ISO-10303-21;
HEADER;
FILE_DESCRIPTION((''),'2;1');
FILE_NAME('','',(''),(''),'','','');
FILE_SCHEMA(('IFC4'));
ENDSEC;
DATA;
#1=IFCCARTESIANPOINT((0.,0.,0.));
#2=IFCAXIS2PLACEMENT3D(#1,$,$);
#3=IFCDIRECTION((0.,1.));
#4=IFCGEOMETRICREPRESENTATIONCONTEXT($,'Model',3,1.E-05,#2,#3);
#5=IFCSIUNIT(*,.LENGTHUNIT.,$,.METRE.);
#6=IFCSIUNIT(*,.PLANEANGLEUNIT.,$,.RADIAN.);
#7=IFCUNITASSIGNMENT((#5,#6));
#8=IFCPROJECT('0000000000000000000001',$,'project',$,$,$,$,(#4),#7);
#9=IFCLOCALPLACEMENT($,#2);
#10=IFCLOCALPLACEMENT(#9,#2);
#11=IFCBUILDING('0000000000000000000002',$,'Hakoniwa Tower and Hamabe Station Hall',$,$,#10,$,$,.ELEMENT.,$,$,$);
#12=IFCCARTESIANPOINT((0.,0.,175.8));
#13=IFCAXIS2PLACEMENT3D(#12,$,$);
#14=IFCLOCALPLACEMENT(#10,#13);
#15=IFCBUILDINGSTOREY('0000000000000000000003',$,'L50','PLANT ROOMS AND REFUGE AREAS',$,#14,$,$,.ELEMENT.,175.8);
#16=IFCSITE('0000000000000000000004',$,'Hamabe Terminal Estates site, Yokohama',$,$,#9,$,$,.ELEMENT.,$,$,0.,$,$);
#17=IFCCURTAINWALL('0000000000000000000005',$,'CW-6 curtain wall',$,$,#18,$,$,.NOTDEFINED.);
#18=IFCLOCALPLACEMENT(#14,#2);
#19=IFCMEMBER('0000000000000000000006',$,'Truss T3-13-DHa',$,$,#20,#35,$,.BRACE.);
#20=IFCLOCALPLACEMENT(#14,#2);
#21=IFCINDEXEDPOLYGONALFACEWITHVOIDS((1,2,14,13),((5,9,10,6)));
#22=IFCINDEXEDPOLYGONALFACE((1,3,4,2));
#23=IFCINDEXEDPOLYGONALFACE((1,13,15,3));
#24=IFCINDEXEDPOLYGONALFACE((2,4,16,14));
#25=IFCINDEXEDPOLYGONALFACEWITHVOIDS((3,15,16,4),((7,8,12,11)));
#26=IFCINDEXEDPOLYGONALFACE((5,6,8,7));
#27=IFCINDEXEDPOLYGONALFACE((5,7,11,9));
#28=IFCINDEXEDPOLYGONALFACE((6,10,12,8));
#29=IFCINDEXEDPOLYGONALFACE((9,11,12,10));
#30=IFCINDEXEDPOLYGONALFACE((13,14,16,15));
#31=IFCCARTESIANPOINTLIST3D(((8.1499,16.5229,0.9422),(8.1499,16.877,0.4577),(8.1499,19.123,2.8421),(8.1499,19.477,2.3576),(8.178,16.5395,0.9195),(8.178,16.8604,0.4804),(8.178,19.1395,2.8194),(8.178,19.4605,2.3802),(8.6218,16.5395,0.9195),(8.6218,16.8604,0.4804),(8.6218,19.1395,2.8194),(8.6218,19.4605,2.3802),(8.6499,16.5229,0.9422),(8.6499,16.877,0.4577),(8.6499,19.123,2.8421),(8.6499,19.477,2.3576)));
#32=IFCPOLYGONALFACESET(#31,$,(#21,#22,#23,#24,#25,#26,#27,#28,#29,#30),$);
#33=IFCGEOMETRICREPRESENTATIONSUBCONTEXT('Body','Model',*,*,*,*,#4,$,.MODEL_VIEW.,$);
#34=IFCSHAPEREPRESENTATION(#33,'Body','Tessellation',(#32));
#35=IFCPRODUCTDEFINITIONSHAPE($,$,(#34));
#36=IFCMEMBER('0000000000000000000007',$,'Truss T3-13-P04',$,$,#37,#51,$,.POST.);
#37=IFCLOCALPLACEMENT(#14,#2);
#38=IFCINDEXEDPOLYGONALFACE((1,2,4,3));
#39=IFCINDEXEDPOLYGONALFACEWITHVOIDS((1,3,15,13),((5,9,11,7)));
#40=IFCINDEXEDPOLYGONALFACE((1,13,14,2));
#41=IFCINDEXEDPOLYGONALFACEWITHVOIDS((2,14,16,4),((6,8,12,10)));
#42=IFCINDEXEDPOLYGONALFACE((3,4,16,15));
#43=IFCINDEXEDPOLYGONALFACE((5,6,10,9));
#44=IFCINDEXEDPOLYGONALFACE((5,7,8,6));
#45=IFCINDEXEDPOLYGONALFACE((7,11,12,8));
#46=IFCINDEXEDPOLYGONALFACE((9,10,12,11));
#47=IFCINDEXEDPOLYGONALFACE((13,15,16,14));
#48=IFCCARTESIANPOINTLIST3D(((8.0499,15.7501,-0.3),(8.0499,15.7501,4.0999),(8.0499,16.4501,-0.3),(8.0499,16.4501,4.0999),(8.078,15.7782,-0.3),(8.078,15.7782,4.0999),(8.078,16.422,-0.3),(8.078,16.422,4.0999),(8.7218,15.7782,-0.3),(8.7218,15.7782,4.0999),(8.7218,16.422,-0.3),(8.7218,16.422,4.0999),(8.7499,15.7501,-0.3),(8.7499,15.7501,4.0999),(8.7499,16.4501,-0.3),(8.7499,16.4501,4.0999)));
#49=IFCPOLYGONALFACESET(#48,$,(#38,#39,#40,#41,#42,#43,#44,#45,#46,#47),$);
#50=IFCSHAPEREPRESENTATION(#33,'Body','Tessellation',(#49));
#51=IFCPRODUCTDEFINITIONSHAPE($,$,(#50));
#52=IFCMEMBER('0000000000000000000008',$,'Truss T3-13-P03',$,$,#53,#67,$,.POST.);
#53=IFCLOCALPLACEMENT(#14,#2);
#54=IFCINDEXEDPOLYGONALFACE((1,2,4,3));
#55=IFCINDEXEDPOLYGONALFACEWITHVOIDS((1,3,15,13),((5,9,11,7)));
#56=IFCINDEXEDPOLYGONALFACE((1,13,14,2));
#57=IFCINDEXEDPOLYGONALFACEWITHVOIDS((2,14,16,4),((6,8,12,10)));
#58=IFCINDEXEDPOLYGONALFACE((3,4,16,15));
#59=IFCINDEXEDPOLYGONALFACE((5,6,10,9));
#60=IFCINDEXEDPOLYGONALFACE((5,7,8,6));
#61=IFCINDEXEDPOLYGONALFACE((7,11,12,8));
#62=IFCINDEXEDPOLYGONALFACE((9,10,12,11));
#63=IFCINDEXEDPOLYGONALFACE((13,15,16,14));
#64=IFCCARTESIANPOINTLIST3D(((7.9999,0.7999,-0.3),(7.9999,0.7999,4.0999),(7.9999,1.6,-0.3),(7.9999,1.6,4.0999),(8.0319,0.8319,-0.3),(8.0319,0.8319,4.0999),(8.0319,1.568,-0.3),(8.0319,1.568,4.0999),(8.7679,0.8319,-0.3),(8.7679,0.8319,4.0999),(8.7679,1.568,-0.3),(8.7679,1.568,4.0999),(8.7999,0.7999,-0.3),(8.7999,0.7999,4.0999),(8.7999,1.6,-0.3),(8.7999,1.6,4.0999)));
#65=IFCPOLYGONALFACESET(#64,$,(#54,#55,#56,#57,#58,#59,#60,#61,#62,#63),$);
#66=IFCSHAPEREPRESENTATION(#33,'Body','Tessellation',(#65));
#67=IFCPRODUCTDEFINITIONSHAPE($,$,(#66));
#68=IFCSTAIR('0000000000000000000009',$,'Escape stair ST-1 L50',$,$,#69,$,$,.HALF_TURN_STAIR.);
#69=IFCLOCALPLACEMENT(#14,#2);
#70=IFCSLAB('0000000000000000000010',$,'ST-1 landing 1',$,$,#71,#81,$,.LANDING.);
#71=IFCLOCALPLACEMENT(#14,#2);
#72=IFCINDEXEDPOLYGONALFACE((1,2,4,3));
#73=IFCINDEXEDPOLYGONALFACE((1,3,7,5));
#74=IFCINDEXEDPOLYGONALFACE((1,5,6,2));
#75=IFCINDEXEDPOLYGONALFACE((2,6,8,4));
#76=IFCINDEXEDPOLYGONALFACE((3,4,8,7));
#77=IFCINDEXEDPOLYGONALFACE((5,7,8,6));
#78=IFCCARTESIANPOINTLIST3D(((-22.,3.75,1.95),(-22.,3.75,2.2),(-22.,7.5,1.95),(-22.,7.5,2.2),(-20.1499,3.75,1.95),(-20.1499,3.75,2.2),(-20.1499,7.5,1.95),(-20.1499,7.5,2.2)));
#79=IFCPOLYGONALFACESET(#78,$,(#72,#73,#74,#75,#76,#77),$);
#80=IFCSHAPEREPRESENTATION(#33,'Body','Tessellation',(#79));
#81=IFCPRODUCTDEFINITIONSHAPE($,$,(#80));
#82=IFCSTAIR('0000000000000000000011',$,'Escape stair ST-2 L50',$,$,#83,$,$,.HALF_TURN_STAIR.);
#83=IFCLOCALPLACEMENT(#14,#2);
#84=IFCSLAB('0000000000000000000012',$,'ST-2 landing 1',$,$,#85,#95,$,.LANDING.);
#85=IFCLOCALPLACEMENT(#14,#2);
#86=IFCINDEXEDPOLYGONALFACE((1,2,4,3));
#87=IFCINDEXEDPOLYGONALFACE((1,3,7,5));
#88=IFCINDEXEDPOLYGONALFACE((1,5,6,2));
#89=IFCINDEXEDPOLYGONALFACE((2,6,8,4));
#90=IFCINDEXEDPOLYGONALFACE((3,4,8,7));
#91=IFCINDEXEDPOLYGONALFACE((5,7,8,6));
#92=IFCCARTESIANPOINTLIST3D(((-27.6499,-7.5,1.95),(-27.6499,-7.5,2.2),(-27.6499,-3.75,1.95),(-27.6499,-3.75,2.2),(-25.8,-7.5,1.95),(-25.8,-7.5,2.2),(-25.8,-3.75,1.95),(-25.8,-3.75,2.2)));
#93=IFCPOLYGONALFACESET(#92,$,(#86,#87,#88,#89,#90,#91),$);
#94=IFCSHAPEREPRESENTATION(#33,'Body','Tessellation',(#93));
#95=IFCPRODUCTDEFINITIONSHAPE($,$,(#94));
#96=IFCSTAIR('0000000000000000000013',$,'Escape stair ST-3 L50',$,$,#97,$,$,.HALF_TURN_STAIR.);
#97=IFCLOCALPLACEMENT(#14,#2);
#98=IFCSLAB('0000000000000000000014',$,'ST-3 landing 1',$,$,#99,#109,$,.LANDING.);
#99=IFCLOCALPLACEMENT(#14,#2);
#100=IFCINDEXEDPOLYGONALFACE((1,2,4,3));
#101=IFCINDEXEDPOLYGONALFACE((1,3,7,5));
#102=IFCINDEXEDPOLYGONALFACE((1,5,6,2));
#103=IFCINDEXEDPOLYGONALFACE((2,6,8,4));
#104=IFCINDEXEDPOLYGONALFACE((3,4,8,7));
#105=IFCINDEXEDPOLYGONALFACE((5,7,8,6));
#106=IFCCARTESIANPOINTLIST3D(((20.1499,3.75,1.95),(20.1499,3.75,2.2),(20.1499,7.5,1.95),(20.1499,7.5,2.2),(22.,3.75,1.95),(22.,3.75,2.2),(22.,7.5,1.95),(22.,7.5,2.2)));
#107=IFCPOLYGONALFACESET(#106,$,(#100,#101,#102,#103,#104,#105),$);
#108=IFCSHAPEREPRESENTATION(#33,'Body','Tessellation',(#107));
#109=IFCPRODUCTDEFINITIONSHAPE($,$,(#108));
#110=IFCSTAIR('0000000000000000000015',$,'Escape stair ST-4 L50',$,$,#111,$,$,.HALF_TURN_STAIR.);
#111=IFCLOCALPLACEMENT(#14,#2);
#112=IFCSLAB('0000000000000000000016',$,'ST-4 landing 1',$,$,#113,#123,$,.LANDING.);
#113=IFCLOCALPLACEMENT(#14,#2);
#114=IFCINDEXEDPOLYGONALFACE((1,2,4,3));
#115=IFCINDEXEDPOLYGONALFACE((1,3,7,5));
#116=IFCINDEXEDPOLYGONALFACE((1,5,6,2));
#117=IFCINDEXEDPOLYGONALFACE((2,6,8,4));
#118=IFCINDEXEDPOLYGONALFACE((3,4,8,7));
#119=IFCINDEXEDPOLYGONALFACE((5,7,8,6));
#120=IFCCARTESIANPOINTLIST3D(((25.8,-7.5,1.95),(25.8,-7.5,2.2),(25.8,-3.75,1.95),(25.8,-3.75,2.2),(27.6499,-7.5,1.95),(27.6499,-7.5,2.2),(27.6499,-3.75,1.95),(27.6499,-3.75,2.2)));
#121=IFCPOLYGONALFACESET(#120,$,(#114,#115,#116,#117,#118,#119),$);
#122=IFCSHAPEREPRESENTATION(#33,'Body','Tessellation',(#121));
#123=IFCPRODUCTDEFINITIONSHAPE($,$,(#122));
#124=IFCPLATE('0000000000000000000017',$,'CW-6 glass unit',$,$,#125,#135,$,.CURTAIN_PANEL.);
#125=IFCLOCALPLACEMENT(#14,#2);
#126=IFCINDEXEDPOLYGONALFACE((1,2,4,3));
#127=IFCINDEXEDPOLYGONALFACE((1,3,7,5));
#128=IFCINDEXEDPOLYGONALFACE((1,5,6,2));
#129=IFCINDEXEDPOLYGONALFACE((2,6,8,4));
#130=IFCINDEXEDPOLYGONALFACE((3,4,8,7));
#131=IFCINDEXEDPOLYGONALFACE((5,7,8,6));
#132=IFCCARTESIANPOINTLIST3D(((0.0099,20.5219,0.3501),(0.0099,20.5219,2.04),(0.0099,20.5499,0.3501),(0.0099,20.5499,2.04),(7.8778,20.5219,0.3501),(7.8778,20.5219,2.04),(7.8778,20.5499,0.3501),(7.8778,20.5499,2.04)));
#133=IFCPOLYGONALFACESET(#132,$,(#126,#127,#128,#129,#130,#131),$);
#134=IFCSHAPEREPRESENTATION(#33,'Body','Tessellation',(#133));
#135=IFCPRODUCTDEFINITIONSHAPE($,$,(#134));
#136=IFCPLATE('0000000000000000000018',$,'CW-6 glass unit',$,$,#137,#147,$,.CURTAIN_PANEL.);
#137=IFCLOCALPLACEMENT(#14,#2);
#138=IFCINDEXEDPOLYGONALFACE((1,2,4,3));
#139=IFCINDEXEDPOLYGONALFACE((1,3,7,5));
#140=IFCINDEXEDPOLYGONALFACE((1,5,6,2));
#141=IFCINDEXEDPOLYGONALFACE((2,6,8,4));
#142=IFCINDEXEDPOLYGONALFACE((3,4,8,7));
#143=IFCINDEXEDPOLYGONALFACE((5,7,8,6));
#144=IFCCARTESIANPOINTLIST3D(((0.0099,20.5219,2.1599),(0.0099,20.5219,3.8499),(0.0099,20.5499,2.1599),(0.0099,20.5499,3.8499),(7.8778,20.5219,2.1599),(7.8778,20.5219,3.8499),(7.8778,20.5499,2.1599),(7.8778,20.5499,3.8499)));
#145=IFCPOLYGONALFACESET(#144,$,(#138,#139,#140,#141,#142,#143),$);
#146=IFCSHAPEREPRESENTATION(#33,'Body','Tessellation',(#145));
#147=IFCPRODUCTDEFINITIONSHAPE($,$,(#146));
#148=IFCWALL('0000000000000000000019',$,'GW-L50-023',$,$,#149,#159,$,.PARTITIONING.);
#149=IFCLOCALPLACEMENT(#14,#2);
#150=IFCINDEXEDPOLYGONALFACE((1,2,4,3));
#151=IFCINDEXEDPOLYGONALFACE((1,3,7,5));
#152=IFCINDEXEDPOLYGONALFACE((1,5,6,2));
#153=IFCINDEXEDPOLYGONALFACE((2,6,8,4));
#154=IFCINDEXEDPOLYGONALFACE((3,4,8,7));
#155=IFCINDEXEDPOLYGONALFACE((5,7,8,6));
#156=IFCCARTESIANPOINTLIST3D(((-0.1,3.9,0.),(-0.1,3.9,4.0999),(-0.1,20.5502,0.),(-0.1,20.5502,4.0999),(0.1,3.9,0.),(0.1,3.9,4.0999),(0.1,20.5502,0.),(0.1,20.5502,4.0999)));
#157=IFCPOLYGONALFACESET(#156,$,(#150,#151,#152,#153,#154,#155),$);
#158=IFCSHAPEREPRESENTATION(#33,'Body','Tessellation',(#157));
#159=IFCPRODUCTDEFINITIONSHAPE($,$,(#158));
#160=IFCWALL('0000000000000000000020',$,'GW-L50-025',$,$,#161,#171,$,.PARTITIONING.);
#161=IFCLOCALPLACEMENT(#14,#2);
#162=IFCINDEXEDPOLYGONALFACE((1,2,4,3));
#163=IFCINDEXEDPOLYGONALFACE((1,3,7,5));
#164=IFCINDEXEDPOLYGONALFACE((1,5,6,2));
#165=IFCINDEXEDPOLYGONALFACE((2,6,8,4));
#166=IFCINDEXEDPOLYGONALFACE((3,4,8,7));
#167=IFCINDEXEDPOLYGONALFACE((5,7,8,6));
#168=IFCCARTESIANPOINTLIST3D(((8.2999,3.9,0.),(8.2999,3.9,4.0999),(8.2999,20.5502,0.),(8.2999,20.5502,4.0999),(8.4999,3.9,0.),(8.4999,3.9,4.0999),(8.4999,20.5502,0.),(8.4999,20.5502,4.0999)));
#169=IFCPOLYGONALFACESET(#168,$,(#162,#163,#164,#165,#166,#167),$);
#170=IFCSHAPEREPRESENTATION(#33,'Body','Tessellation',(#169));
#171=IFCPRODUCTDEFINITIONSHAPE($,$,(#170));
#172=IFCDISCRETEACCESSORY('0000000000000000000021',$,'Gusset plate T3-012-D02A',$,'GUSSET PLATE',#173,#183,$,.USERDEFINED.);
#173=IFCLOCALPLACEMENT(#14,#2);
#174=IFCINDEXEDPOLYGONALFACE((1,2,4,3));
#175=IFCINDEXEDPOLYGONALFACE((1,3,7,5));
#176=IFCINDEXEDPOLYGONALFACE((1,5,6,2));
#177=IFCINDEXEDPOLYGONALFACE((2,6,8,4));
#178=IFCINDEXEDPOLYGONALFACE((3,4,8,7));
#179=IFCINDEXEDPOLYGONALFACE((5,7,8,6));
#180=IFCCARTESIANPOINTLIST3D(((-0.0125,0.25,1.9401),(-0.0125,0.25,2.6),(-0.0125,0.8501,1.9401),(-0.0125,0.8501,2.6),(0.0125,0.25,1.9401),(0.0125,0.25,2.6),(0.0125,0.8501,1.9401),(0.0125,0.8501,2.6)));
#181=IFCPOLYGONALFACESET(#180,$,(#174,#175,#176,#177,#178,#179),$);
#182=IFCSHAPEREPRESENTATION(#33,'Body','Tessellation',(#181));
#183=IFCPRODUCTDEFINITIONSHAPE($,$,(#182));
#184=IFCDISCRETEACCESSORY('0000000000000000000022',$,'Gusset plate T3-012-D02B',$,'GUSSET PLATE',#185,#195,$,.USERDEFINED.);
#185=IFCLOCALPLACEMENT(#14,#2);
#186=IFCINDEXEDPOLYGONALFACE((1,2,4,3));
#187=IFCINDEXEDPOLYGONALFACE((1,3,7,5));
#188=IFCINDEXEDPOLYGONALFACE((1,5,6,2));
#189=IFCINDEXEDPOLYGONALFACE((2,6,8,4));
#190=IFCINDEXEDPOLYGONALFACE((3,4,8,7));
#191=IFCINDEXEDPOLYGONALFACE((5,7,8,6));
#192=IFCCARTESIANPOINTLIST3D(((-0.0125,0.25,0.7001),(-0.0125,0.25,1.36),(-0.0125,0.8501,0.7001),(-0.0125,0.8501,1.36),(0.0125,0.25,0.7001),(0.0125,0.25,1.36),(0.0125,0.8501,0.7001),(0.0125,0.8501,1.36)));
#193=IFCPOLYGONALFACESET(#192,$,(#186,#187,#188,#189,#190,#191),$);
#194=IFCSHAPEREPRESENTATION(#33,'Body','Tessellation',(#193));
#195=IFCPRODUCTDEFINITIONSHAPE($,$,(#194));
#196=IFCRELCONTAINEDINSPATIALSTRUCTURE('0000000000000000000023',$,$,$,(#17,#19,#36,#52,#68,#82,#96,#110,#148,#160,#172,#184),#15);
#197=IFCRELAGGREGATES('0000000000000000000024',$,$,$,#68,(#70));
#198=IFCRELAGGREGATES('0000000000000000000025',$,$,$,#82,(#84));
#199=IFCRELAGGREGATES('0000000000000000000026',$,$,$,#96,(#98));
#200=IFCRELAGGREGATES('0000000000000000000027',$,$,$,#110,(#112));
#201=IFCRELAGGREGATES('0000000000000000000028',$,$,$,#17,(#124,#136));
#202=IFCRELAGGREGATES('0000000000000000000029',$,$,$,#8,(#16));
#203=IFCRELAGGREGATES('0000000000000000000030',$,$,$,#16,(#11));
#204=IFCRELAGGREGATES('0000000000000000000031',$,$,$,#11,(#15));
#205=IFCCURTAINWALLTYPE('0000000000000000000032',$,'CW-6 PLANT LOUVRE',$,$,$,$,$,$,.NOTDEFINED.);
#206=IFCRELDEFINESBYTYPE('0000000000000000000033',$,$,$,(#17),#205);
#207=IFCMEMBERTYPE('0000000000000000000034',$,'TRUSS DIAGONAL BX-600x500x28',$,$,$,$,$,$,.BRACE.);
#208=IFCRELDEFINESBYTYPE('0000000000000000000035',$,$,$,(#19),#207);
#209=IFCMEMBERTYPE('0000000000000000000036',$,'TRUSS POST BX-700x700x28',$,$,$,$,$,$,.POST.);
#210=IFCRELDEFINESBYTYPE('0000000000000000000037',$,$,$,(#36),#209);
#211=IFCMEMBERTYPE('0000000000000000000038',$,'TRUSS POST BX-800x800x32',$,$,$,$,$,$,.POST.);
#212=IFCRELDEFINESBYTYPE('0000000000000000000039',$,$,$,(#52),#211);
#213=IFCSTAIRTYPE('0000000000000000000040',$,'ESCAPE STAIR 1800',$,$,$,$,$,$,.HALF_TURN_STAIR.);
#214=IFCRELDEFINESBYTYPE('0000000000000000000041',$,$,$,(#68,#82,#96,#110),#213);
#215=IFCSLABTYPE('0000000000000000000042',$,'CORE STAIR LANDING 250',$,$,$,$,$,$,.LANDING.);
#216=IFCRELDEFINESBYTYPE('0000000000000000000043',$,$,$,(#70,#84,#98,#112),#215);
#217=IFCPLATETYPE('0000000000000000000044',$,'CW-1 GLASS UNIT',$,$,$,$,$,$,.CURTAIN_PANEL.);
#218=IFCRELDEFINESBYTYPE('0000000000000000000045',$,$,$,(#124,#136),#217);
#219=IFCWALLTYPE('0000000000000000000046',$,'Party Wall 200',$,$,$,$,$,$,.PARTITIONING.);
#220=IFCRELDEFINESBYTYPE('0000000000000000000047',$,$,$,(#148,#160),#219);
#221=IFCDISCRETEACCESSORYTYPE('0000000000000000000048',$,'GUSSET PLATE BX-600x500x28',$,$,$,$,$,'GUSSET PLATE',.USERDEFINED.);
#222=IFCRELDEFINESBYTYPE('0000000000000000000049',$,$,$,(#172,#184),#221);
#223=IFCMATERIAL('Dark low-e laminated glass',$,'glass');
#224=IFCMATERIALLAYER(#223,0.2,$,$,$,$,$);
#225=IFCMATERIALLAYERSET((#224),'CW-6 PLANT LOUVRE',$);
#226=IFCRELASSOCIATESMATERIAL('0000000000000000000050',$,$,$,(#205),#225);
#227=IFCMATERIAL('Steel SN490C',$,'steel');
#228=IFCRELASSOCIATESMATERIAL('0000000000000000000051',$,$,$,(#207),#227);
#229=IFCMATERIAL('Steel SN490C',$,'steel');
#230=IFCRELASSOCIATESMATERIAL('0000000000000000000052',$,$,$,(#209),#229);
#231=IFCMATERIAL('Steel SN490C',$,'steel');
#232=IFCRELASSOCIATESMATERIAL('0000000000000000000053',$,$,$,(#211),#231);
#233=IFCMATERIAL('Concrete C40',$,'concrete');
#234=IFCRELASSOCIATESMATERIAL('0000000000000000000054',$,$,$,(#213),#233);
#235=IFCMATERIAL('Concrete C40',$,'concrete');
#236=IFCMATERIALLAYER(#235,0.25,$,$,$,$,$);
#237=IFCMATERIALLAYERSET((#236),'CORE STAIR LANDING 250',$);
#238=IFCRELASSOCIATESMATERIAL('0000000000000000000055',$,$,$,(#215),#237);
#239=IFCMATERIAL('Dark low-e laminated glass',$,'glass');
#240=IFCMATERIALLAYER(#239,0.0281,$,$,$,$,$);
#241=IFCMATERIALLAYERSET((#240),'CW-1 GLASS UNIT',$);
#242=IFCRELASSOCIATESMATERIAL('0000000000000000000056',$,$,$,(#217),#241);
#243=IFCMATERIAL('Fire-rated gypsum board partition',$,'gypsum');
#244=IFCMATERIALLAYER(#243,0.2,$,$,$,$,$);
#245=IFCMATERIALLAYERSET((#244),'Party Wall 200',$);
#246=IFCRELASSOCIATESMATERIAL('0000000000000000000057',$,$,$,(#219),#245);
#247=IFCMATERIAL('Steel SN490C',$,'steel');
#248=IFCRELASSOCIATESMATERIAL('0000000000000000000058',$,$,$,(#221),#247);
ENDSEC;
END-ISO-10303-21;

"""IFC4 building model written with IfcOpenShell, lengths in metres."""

from ifc_helpers import new_model, si_unit, direction, frame, frame_2d, origin, origin_2d, place, context, subcontext, project, spatial, polyline, rectangle, hollow_rectangle, outline, extrude, material, layer, layer_set, material_profile, profile_set, type_object, element, aggregate, save


model = new_model("IFC4")

# Units and contexts
model_context = context("Model", 3, precision=1e-05, world=origin(), true_north=direction((0.0, 1.0)))
body_context = subcontext(model_context, "Body", "Model", "MODEL_VIEW")
ifc_project = project(units=[si_unit("LENGTHUNIT", "METRE"), si_unit("PLANEANGLEUNIT", "RADIAN")], contexts=[model_context])

# Site, building, storey
site_placement = place(None, origin())
site = spatial("IfcSite", under=ifc_project, at=site_placement, Name="Hamabe Terminal Estates site, Yokohama", CompositionType="ELEMENT", RefElevation=0.0)
building_placement = place(site_placement, origin())
building = spatial("IfcBuilding", under=site, at=building_placement, Name="Hakoniwa Tower and Hamabe Station Hall", CompositionType="ELEMENT")
storey_placement = place(building_placement, frame((0.0, 0.0, 175.8)))
storey = spatial("IfcBuildingStorey", under=building, at=storey_placement, Name="L50", Description="PLANT ROOMS AND REFUGE AREAS", CompositionType="ELEMENT", Elevation=175.8)

# Curtain wall
ifc_material_1 = material(Name="Dark low-e laminated glass", Category="glass")
ifc_layer_1 = layer(ifc_material_1, 0.2)
ifc_layer_set_1 = layer_set([ifc_layer_1], Name="CW-6 PLANT LOUVRE")
curtain_wall_type = type_object("IfcCurtainWallType", Name="CW-6 PLANT LOUVRE", PredefinedType="NOTDEFINED", material=ifc_layer_set_1)
curtain_wall_1_placement = place(storey_placement, origin())
curtain_wall_1 = element("IfcCurtainWall", 1, at=curtain_wall_1_placement, inside=storey, type_object=curtain_wall_type, Name="CW-6 curtain wall", PredefinedType="NOTDEFINED")

# Members
ifc_material_2 = material(Name="Steel SN490C", Category="steel")
ifc_material_profile_1 = material_profile(ifc_material_2, hollow_rectangle(XDim=0.5, YDim=0.6001, WallThickness=0.0281, at=origin_2d()), Name="BX-600x500x28")
ifc_profile_set_1 = profile_set([ifc_material_profile_1], Name="Steel SN490C")
member_type_1 = type_object("IfcMemberType", Name="TRUSS DIAGONAL BX-600x500x28", PredefinedType="BRACE", material=ifc_profile_set_1)
member_1_placement = place(storey_placement, frame((8.3999, 16.7, 0.7), z_axis=(0.0, 0.807416, 0.589982), x_axis=(-1.0, 0.0, 0.0)))
element("IfcMember", 2, at=member_1_placement, inside=storey, type_object=member_type_1, Name="Truss T3-13-DHa", PredefinedType="BRACE", context=body_context, shape_type="SweptSolid", body=[
    extrude(hollow_rectangle(XDim=0.5, YDim=0.6001, WallThickness=0.0281, at=origin_2d()), origin(), (0.0, 0.0, 1.0), 3.2202),
])
ifc_material_3 = material(Name="Steel SN490C", Category="steel")
ifc_material_profile_2 = material_profile(ifc_material_3, hollow_rectangle(XDim=0.7, YDim=0.7, WallThickness=0.0281, at=origin_2d()), Name="BX-700x700x28")
ifc_profile_set_2 = profile_set([ifc_material_profile_2], Name="Steel SN490C")
member_type_2 = type_object("IfcMemberType", Name="TRUSS POST BX-700x700x28", PredefinedType="POST", material=ifc_profile_set_2)
member_2_placement = place(storey_placement, frame((8.3999, 16.1001, -0.3), z_axis=(0.0, 0.0, 1.0), x_axis=(1.0, 0.0, 0.0)))
element("IfcMember", 3, at=member_2_placement, inside=storey, type_object=member_type_2, Name="Truss T3-13-P04", PredefinedType="POST", context=body_context, shape_type="SweptSolid", body=[
    extrude(hollow_rectangle(XDim=0.7, YDim=0.7, WallThickness=0.0281, at=origin_2d()), origin(), (0.0, 0.0, 1.0), 4.3999),
])
ifc_material_4 = material(Name="Steel SN490C", Category="steel")
ifc_material_profile_3 = material_profile(ifc_material_4, hollow_rectangle(XDim=0.8, YDim=0.8, WallThickness=0.032, at=origin_2d()), Name="BX-800x800x32")
ifc_profile_set_3 = profile_set([ifc_material_profile_3], Name="Steel SN490C")
member_type_3 = type_object("IfcMemberType", Name="TRUSS POST BX-800x800x32", PredefinedType="POST", material=ifc_profile_set_3)
member_3_placement = place(storey_placement, frame((8.3999, 1.2, -0.3), z_axis=(0.0, 0.0, 1.0), x_axis=(1.0, 0.0, 0.0)))
element("IfcMember", 4, at=member_3_placement, inside=storey, type_object=member_type_3, Name="Truss T3-13-P03", PredefinedType="POST", context=body_context, shape_type="SweptSolid", body=[
    extrude(hollow_rectangle(XDim=0.8, YDim=0.8, WallThickness=0.032, at=origin_2d()), origin(), (0.0, 0.0, 1.0), 4.3999),
])

# Stairs, slabs
ifc_material_5 = material(Name="Concrete C40", Category="concrete")
stair_type = type_object("IfcStairType", Name="ESCAPE STAIR 1800", PredefinedType="HALF_TURN_STAIR", material=ifc_material_5)
stair_1_placement = place(storey_placement, origin())
stair_1 = element("IfcStair", 5, at=stair_1_placement, inside=storey, type_object=stair_type, Name="Escape stair ST-1 L50", PredefinedType="HALF_TURN_STAIR")
ifc_material_6 = material(Name="Concrete C40", Category="concrete")
ifc_layer_2 = layer(ifc_material_6, 0.25)
ifc_layer_set_2 = layer_set([ifc_layer_2], Name="CORE STAIR LANDING 250")
slab_type = type_object("IfcSlabType", Name="CORE STAIR LANDING 250", PredefinedType="LANDING", material=ifc_layer_set_2)
slab_1_placement = place(storey_placement, frame((0.0, 0.0, 1.95)))
slab_1 = element("IfcSlab", 6, at=slab_1_placement, type_object=slab_type, Name="ST-1 landing 1", PredefinedType="LANDING", context=body_context, shape_type="SweptSolid", body=[
    extrude(outline(polyline([(-22.0, 3.75), (-20.1499, 3.75), (-20.1499, 7.5), (-22.0, 7.5), (-22.0, 3.75)])), origin(), (0.0, 0.0, 1.0), 0.25),
])
aggregate(stair_1, [slab_1])
stair_2_placement = place(storey_placement, origin())
stair_2 = element("IfcStair", 7, at=stair_2_placement, inside=storey, type_object=stair_type, Name="Escape stair ST-2 L50", PredefinedType="HALF_TURN_STAIR")
slab_2_placement = place(storey_placement, frame((0.0, 0.0, 1.95)))
slab_2 = element("IfcSlab", 8, at=slab_2_placement, type_object=slab_type, Name="ST-2 landing 1", PredefinedType="LANDING", context=body_context, shape_type="SweptSolid", body=[
    extrude(outline(polyline([(-25.8, -7.5), (-27.6499, -7.5), (-27.6499, -3.75), (-25.8, -3.75), (-25.8, -7.5)])), origin(), (0.0, 0.0, 1.0), 0.25),
])
aggregate(stair_2, [slab_2])
stair_3_placement = place(storey_placement, origin())
stair_3 = element("IfcStair", 9, at=stair_3_placement, inside=storey, type_object=stair_type, Name="Escape stair ST-3 L50", PredefinedType="HALF_TURN_STAIR")
slab_3_placement = place(storey_placement, frame((0.0, 0.0, 1.95)))
slab_3 = element("IfcSlab", 10, at=slab_3_placement, type_object=slab_type, Name="ST-3 landing 1", PredefinedType="LANDING", context=body_context, shape_type="SweptSolid", body=[
    extrude(outline(polyline([(22.0, 3.75), (20.1499, 3.75), (20.1499, 7.5), (22.0, 7.5), (22.0, 3.75)])), origin(), (0.0, 0.0, 1.0), 0.25),
])
aggregate(stair_3, [slab_3])
stair_4_placement = place(storey_placement, origin())
stair_4 = element("IfcStair", 11, at=stair_4_placement, inside=storey, type_object=stair_type, Name="Escape stair ST-4 L50", PredefinedType="HALF_TURN_STAIR")
slab_4_placement = place(storey_placement, frame((0.0, 0.0, 1.95)))
slab_4 = element("IfcSlab", 12, at=slab_4_placement, type_object=slab_type, Name="ST-4 landing 1", PredefinedType="LANDING", context=body_context, shape_type="SweptSolid", body=[
    extrude(outline(polyline([(25.8, -7.5), (27.6499, -7.5), (27.6499, -3.75), (25.8, -3.75), (25.8, -7.5)])), origin(), (0.0, 0.0, 1.0), 0.25),
])
aggregate(stair_4, [slab_4])

# Plates
ifc_material_7 = material(Name="Dark low-e laminated glass", Category="glass")
ifc_layer_3 = layer(ifc_material_7, 0.0281)
ifc_layer_set_3 = layer_set([ifc_layer_3], Name="CW-1 GLASS UNIT")
plate_type = type_object("IfcPlateType", Name="CW-1 GLASS UNIT", PredefinedType="CURTAIN_PANEL", material=ifc_layer_set_3)
plate_1_placement = place(storey_placement, frame((3.9438, 20.5359, 0.3501), z_axis=(0.0, 0.0, 1.0), x_axis=(-1.0, 0.0, 0.0)))
plate_1 = element("IfcPlate", 13, at=plate_1_placement, type_object=plate_type, Name="CW-6 glass unit", PredefinedType="CURTAIN_PANEL", context=body_context, shape_type="SweptSolid", body=[
    extrude(rectangle(XDim=7.8679, YDim=0.0281, at=origin_2d()), origin(), (0.0, 0.0, 1.0), 1.6899),
])
plate_2_placement = place(storey_placement, frame((3.9438, 20.5359, 2.1599), z_axis=(0.0, 0.0, 1.0), x_axis=(-1.0, 0.0, 0.0)))
plate_2 = element("IfcPlate", 14, at=plate_2_placement, type_object=plate_type, Name="CW-6 glass unit", PredefinedType="CURTAIN_PANEL", context=body_context, shape_type="SweptSolid", body=[
    extrude(rectangle(XDim=7.8679, YDim=0.0281, at=origin_2d()), origin(), (0.0, 0.0, 1.0), 1.6899),
])
aggregate(curtain_wall_1, [plate_1, plate_2])

# Walls
ifc_material_8 = material(Name="Fire-rated gypsum board partition", Category="gypsum")
ifc_layer_4 = layer(ifc_material_8, 0.2)
ifc_layer_set_4 = layer_set([ifc_layer_4], Name="Party Wall 200")
wall_type = type_object("IfcWallType", Name="Party Wall 200", PredefinedType="PARTITIONING", material=ifc_layer_set_4)
for number, where, z_axis, x_axis, name in (
    (15, (0.0, 3.8999, 0.0), (0.0, 0.0, 1.0), (0.0, 1.0, 0.0), "GW-L50-023"),
    (16, (8.3999, 3.8999, 0.0), (0.0, 0.0, 1.0), (0.0, 1.0, 0.0), "GW-L50-025"),
):
    element("IfcWall", number, at=place(storey_placement, frame(where, z_axis=z_axis, x_axis=x_axis)), inside=storey, type_object=wall_type, Name=name, PredefinedType="PARTITIONING", context=body_context, shape_type="SweptSolid", body=[
        extrude(rectangle(XDim=16.6501, YDim=0.2, at=frame_2d((8.3252, 0.0))), origin(), (0.0, 0.0, 1.0), 4.0999),
    ])

# Discrete accessories
ifc_material_9 = material(Name="Steel SN490C", Category="steel")
ifc_material_profile_4 = material_profile(ifc_material_9, rectangle(XDim=0.6001, YDim=0.6599, at=origin_2d()), Name="GUSSET PLATE BX-600x500x28")
ifc_profile_set_4 = profile_set([ifc_material_profile_4], Name="Steel SN490C")
discrete_accessory_type = type_object("IfcDiscreteAccessoryType", Name="GUSSET PLATE BX-600x500x28", ElementType="GUSSET PLATE", PredefinedType="USERDEFINED", material=ifc_profile_set_4)
for number, where, z_axis, x_axis, name in (
    (17, (0.0125, 0.55, 2.27), (-1.0, 0.0, 0.0), (0.0, -1.0, 0.0), "Gusset plate T3-012-D02A"),
    (18, (0.0125, 0.55, 1.03), (-1.0, 0.0, 0.0), (0.0, -1.0, 0.0), "Gusset plate T3-012-D02B"),
):
    element("IfcDiscreteAccessory", number, at=place(storey_placement, frame(where, z_axis=z_axis, x_axis=x_axis)), inside=storey, type_object=discrete_accessory_type, Name=name, ObjectType="GUSSET PLATE", PredefinedType="USERDEFINED", context=body_context, shape_type="SweptSolid", body=[
        extrude(rectangle(XDim=0.6001, YDim=0.6599, at=origin_2d()), origin(), (0.0, 0.0, 1.0), 0.0249),
    ])

save(model, "model.ifc")
